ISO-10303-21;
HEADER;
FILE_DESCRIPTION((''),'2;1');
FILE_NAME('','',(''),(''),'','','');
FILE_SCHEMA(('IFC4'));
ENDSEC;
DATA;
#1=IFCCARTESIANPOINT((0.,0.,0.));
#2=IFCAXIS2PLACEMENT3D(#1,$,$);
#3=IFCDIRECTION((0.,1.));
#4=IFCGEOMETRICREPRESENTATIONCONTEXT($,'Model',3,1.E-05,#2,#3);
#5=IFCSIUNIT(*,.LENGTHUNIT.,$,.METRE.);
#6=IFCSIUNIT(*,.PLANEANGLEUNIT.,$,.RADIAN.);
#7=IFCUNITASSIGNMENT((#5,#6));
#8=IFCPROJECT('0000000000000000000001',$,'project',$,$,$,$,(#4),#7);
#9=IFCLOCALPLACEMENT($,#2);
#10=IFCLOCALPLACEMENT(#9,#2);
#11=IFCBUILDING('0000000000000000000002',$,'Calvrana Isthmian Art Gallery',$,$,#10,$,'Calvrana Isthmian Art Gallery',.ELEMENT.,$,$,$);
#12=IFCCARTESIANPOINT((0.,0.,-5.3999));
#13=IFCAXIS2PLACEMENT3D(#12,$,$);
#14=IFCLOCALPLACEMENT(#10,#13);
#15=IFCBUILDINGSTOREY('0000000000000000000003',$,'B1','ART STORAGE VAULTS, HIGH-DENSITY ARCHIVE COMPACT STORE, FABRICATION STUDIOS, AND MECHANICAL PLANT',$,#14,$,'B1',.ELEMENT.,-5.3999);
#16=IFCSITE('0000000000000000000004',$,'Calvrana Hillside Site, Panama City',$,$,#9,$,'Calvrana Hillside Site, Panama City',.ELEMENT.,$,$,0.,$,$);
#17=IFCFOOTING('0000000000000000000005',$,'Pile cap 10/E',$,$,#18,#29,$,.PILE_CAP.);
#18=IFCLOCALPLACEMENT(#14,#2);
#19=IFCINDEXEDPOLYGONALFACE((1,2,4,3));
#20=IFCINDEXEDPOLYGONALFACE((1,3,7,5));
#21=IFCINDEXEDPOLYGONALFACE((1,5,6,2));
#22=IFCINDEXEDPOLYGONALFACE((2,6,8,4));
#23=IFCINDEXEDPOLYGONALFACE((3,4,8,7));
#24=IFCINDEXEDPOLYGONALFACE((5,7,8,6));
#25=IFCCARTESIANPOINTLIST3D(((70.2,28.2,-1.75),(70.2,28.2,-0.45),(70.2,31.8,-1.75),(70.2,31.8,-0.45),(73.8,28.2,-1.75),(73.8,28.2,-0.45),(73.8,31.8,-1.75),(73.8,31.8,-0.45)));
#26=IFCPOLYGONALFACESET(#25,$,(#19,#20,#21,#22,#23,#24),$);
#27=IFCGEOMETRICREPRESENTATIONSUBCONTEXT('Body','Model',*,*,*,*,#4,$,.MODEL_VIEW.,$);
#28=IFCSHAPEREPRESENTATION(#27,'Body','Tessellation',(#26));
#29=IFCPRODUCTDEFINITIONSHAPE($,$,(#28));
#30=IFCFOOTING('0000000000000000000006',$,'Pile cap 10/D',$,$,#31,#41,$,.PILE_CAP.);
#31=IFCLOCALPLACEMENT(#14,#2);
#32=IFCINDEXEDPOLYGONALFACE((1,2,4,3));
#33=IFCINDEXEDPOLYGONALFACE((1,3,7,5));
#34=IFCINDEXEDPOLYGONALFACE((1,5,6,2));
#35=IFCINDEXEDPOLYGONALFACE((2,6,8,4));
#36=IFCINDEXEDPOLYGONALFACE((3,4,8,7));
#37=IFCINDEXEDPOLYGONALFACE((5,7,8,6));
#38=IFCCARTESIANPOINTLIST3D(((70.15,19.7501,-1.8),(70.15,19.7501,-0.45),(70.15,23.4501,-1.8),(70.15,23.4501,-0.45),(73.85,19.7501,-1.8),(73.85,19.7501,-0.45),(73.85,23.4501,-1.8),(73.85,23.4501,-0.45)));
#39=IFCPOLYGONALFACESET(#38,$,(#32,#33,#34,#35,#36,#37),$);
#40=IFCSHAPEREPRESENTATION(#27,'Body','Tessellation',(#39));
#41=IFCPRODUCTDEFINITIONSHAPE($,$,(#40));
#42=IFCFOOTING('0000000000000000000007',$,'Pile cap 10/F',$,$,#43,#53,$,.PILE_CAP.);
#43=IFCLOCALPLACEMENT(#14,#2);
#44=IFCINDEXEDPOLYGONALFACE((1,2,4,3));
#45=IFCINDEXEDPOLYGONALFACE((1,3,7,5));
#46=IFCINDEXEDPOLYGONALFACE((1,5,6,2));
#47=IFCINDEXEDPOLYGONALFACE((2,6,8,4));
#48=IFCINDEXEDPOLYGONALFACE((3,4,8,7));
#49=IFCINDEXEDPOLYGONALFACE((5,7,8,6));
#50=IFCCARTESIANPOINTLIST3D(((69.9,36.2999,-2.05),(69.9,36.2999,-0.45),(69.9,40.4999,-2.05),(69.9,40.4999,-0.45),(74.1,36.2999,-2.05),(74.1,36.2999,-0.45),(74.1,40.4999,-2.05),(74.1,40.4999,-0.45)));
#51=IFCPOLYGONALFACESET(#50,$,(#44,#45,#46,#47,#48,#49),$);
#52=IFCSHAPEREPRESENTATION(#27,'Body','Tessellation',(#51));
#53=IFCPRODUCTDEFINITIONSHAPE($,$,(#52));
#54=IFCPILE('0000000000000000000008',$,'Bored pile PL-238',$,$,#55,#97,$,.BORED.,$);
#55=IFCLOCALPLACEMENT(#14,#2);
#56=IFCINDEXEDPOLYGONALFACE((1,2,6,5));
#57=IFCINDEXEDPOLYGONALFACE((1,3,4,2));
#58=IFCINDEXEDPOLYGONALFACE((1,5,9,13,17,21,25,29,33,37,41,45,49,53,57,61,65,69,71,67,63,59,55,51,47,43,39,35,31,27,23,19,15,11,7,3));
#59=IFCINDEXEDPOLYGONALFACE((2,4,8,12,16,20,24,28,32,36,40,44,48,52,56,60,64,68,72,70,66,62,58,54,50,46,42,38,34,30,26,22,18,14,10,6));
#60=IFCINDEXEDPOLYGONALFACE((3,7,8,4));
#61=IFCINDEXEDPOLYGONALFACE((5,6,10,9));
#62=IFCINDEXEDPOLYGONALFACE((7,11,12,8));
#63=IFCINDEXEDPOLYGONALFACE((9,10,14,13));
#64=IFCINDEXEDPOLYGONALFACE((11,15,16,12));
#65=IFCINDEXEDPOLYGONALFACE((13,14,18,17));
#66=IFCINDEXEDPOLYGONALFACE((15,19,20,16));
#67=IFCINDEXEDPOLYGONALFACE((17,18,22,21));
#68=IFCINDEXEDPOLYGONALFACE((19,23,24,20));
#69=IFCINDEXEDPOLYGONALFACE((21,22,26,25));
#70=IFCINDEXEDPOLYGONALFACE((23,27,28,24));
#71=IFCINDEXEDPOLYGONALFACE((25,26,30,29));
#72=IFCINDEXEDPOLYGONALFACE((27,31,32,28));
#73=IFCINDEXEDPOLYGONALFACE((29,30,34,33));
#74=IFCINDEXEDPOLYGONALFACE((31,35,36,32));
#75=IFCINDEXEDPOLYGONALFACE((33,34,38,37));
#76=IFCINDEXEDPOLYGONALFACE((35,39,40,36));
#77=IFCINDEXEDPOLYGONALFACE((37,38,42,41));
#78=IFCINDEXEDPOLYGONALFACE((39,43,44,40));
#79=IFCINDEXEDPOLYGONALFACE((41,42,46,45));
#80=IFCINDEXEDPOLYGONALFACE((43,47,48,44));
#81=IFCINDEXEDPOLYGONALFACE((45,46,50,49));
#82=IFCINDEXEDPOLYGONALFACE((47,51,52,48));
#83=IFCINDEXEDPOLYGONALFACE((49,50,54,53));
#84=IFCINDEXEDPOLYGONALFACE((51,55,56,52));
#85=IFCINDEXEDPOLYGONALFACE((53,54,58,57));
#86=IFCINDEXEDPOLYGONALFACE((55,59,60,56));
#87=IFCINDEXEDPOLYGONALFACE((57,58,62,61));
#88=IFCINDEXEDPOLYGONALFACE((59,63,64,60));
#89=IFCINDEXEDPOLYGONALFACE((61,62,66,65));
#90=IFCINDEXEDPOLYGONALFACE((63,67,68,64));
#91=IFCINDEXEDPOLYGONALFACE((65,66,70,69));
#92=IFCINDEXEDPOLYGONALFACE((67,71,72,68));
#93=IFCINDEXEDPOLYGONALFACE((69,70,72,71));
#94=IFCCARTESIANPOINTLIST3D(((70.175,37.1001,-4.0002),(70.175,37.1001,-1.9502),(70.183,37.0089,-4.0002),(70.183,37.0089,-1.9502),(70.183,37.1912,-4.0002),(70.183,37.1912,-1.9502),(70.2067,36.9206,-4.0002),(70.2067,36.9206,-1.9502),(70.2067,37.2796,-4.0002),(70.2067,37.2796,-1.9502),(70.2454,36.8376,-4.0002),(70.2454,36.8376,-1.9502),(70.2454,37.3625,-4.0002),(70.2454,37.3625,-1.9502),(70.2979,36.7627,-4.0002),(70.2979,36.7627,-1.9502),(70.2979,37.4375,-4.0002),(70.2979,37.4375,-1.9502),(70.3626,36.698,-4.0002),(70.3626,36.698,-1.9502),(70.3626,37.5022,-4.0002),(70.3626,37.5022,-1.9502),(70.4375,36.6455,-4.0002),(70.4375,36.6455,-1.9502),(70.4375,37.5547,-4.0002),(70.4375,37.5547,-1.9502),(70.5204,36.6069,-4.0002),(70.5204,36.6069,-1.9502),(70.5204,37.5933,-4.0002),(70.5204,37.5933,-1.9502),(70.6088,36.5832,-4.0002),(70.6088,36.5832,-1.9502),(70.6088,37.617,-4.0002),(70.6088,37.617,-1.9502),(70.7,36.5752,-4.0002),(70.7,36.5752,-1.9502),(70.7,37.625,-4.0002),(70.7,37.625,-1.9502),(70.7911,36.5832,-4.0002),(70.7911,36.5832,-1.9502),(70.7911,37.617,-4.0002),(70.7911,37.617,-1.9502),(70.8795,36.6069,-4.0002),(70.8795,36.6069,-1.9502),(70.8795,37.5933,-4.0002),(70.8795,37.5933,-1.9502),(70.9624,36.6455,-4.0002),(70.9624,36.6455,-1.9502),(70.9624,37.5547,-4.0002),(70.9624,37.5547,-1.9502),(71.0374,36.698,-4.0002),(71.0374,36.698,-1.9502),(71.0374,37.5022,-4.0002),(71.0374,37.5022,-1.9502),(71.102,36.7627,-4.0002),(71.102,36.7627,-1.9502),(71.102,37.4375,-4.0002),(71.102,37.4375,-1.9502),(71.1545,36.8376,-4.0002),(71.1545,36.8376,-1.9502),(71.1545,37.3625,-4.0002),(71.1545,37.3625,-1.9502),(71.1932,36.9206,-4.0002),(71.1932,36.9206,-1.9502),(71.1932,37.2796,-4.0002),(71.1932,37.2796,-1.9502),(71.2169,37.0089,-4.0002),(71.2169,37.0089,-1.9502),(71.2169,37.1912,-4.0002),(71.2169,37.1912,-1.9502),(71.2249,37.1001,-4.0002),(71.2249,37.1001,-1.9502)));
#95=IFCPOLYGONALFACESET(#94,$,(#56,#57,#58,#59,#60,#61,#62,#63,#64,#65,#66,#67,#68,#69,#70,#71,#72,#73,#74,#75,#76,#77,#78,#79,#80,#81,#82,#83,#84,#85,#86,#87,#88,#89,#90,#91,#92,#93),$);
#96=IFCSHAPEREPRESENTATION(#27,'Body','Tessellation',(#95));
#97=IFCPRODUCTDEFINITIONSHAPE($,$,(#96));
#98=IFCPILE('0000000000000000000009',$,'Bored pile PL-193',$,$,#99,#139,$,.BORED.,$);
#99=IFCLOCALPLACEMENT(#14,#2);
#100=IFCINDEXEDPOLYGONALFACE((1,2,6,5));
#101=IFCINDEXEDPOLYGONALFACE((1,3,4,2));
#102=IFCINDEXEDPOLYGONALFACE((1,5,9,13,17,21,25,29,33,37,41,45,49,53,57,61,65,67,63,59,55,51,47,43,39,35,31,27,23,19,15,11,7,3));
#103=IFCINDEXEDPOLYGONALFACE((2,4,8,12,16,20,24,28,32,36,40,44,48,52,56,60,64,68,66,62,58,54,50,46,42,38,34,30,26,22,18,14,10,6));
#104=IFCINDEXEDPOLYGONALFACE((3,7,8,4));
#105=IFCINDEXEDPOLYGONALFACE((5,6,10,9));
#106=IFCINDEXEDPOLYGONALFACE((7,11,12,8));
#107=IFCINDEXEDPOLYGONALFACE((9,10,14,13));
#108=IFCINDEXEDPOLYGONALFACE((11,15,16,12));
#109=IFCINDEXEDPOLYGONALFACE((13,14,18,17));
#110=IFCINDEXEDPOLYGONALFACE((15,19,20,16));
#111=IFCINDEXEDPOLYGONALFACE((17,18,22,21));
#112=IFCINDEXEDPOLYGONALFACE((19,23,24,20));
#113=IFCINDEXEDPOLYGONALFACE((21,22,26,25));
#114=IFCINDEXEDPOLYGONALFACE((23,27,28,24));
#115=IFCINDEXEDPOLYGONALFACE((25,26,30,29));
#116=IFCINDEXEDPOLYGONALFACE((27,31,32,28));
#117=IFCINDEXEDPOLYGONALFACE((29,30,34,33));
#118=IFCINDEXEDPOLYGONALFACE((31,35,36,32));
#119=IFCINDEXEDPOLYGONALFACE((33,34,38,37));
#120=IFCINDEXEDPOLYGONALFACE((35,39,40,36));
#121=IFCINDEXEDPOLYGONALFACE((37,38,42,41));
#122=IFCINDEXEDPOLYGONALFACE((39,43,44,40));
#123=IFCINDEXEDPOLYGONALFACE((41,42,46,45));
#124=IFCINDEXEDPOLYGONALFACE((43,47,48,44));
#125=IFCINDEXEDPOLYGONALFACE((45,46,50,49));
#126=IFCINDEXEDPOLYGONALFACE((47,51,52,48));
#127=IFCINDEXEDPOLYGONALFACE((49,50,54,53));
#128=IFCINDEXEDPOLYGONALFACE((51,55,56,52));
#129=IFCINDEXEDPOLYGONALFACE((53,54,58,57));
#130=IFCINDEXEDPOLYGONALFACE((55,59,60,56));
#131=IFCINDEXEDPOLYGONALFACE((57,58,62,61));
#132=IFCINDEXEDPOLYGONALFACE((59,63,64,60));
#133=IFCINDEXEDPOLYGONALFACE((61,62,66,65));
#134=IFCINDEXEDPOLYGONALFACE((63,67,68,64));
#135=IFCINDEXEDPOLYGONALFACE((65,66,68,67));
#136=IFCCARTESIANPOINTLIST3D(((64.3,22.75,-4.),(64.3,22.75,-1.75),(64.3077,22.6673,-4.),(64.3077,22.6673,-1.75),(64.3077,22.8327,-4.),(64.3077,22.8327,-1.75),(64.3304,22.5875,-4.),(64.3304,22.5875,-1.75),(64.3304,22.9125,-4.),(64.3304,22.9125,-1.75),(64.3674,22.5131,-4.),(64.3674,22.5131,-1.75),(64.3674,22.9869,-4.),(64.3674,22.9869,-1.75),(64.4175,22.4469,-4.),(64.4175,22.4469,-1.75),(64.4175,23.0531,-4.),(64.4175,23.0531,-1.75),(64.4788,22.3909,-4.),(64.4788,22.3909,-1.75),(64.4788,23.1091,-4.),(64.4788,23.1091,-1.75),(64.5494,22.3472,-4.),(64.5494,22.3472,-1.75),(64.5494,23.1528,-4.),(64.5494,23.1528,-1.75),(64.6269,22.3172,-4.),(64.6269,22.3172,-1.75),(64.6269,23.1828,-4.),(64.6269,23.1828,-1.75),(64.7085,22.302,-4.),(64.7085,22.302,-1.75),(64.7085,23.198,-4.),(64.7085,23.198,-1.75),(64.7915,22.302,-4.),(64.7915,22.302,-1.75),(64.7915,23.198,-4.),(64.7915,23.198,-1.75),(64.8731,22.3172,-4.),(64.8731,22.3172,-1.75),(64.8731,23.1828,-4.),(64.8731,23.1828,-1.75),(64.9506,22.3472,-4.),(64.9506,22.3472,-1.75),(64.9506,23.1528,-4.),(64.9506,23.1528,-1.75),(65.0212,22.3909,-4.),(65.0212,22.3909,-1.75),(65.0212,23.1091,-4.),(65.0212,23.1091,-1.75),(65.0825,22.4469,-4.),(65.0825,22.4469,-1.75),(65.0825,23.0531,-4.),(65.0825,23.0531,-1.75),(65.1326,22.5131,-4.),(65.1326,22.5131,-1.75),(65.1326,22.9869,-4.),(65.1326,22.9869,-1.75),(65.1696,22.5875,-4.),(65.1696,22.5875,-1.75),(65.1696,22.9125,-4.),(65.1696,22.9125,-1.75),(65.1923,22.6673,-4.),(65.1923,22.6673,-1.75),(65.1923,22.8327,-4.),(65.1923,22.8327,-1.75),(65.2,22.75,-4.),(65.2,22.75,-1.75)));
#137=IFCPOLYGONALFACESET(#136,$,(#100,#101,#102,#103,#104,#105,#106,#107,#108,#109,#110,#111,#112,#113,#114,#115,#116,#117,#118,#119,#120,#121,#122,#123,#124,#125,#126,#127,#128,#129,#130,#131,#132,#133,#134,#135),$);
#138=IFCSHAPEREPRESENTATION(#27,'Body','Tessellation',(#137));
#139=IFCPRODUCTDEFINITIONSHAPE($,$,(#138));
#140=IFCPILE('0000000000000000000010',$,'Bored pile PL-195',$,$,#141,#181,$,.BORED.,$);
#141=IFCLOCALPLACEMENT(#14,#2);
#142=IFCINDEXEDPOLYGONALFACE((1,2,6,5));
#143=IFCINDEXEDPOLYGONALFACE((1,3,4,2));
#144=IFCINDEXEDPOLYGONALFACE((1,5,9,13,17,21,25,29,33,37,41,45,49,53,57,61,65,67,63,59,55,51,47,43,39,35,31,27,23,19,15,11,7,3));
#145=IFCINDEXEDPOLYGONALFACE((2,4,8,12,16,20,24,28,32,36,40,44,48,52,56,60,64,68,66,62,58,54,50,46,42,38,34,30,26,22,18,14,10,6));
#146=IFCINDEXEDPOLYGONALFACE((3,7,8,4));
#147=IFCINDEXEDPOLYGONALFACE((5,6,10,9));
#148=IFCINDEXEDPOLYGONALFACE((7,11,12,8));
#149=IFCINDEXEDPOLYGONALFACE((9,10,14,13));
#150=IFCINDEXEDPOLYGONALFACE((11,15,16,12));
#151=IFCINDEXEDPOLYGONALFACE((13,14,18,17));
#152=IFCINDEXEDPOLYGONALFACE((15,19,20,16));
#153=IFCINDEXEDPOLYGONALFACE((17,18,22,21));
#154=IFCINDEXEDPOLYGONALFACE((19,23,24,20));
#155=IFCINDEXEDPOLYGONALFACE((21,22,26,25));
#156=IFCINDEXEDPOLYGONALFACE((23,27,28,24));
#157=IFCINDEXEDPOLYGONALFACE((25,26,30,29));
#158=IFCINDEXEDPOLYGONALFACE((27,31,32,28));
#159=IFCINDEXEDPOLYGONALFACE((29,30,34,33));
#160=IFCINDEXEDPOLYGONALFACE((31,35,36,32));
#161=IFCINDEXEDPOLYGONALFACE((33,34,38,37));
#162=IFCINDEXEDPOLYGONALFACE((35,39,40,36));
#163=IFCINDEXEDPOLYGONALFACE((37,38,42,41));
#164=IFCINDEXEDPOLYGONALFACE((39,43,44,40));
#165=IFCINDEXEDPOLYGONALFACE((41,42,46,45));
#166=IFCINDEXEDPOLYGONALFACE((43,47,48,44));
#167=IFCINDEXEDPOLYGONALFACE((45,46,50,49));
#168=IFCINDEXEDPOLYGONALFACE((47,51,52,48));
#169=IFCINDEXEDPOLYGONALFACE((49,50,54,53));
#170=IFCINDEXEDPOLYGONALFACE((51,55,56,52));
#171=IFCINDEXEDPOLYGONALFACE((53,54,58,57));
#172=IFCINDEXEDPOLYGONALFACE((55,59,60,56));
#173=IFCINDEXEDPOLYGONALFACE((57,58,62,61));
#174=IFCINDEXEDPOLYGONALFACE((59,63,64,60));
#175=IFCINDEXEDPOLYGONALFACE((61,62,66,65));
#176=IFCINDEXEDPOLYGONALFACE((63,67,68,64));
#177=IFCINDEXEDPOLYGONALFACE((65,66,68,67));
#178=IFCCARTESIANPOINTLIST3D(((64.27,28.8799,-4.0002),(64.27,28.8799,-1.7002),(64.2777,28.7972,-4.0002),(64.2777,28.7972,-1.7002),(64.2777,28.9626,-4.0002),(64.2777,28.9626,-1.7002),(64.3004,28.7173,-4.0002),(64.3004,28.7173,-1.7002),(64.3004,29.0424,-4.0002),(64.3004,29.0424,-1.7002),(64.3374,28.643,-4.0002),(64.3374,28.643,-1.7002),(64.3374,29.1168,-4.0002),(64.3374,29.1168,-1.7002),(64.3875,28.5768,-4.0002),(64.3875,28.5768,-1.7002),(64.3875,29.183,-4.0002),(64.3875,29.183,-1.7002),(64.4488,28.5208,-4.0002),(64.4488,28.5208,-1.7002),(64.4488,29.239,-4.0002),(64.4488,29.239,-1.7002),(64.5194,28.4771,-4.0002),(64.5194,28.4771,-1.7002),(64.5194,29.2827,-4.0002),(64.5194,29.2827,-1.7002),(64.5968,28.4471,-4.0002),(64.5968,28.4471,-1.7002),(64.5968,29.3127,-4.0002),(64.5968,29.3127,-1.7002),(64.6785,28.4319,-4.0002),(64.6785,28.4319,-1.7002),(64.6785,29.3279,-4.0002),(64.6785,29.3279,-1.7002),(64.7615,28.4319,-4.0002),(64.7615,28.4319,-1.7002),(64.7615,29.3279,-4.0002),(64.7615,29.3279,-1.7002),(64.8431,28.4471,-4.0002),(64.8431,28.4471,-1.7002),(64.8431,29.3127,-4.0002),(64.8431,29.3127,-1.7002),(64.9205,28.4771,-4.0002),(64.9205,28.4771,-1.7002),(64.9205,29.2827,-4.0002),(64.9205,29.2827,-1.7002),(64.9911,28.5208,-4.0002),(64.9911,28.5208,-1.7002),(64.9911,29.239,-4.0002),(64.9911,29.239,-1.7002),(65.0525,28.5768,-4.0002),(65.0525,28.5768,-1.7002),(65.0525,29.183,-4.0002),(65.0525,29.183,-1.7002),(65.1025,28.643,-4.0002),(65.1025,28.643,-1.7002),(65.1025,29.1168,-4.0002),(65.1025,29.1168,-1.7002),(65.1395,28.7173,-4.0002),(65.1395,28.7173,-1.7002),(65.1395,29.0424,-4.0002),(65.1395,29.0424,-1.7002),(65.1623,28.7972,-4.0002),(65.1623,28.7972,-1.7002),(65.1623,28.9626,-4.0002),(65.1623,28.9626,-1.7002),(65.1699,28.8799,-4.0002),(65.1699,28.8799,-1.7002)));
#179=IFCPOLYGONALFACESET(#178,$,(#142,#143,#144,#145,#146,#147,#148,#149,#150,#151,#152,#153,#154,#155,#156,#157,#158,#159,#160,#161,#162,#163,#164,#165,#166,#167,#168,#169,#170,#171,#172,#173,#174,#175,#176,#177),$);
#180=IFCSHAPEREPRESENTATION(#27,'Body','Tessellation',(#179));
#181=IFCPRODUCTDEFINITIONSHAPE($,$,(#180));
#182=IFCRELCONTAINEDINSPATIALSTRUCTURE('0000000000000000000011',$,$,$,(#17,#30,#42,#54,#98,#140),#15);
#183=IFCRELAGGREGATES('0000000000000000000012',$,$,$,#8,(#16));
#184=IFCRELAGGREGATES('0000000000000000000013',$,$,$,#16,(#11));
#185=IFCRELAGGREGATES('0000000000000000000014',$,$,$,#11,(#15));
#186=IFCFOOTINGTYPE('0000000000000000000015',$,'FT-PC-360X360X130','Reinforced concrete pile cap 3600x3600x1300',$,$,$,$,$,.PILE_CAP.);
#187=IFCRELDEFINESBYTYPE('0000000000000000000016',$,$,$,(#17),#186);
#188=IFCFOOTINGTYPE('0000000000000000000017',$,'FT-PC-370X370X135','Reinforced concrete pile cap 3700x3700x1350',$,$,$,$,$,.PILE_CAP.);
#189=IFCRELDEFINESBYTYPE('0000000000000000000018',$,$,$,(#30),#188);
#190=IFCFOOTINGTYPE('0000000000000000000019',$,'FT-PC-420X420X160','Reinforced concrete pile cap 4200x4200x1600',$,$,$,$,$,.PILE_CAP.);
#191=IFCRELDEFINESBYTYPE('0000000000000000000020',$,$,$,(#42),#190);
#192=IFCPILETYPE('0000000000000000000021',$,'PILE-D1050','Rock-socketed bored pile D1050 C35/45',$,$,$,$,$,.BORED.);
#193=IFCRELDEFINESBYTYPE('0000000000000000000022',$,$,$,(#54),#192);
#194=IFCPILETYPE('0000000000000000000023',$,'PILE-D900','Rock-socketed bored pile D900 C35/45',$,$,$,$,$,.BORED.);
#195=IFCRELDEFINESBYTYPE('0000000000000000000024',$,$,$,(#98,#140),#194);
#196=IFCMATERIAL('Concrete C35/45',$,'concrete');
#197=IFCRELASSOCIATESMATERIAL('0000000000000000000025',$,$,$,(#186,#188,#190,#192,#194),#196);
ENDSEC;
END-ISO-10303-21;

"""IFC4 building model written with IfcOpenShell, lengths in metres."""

from ifc_helpers import new_model, si_unit, direction, frame, origin, origin_2d, place, context, subcontext, project, spatial, rectangle, circle, extrude, material, material_profile, profile_set, type_object, element, save


model = new_model("IFC4")

# Units and contexts
model_context = context("Model", 3, precision=1e-05, world=origin(), true_north=direction((0.0, 1.0)))
body_context = subcontext(model_context, "Body", "Model", "MODEL_VIEW")
ifc_project = project(units=[si_unit("LENGTHUNIT", "METRE"), si_unit("PLANEANGLEUNIT", "RADIAN")], contexts=[model_context])

# Site, building, storey
site_placement = place(None, origin())
site = spatial("IfcSite", under=ifc_project, at=site_placement, Name="Calvrana Hillside Site, Panama City", LongName="Calvrana Hillside Site, Panama City", CompositionType="ELEMENT", RefElevation=0.0)
building_placement = place(site_placement, origin())
building = spatial("IfcBuilding", under=site, at=building_placement, Name="Calvrana Isthmian Art Gallery", LongName="Calvrana Isthmian Art Gallery", CompositionType="ELEMENT")
storey_placement = place(building_placement, frame((0.0, 0.0, -5.3999)))
storey = spatial("IfcBuildingStorey", under=building, at=storey_placement, Name="B1", Description="ART STORAGE VAULTS, HIGH-DENSITY ARCHIVE COMPACT STORE, FABRICATION STUDIOS, AND MECHANICAL PLANT", LongName="B1", CompositionType="ELEMENT", Elevation=-5.3999)

# Footings
ifc_material_1 = material(Name="Concrete C35/45", Category="concrete")
footing_type_1 = type_object("IfcFootingType", Name="FT-PC-360X360X130", Description="Reinforced concrete pile cap 3600x3600x1300", PredefinedType="PILE_CAP", material=ifc_material_1)
footing_1_placement = place(storey_placement, frame((72.0, 30.0, -1.75), z_axis=(0.0, 0.0, 1.0), x_axis=(1.0, 0.0, 0.0)))
element("IfcFooting", 1, at=footing_1_placement, inside=storey, type_object=footing_type_1, Name="Pile cap 10/E", PredefinedType="PILE_CAP", context=body_context, shape_type="SweptSolid", body=[
    extrude(rectangle(XDim=3.6001, YDim=3.6001, at=origin_2d()), origin(), (0.0, 0.0, 1.0), 1.3),
])
footing_type_2 = type_object("IfcFootingType", Name="FT-PC-370X370X135", Description="Reinforced concrete pile cap 3700x3700x1350", PredefinedType="PILE_CAP", material=ifc_material_1)
footing_2_placement = place(storey_placement, frame((72.0, 21.6001, -1.8), z_axis=(0.0, 0.0, 1.0), x_axis=(1.0, 0.0, 0.0)))
element("IfcFooting", 2, at=footing_2_placement, inside=storey, type_object=footing_type_2, Name="Pile cap 10/D", PredefinedType="PILE_CAP", context=body_context, shape_type="SweptSolid", body=[
    extrude(rectangle(XDim=3.7, YDim=3.7, at=origin_2d()), origin(), (0.0, 0.0, 1.0), 1.3501),
])
footing_type_3 = type_object("IfcFootingType", Name="FT-PC-420X420X160", Description="Reinforced concrete pile cap 4200x4200x1600", PredefinedType="PILE_CAP", material=ifc_material_1)
footing_3_placement = place(storey_placement, frame((72.0, 38.3999, -2.05), z_axis=(0.0, 0.0, 1.0), x_axis=(1.0, 0.0, 0.0)))
element("IfcFooting", 3, at=footing_3_placement, inside=storey, type_object=footing_type_3, Name="Pile cap 10/F", PredefinedType="PILE_CAP", context=body_context, shape_type="SweptSolid", body=[
    extrude(rectangle(XDim=4.2, YDim=4.2, at=origin_2d()), origin(), (0.0, 0.0, 1.0), 1.6001),
])

# Piles
ifc_material_profile_1 = material_profile(ifc_material_1, circle(Radius=0.5249, at=origin_2d()), Name="PILE1050D")
ifc_profile_set_1 = profile_set([ifc_material_profile_1], Name="Concrete C35/45")
pile_type_1 = type_object("IfcPileType", Name="PILE-D1050", Description="Rock-socketed bored pile D1050 C35/45", PredefinedType="BORED", material=ifc_profile_set_1)
pile_1_placement = place(storey_placement, frame((70.7, 37.1001, -1.9502), z_axis=(0.0, 0.0, -1.0), x_axis=(1.0, 0.0, 0.0)))
element("IfcPile", 4, at=pile_1_placement, inside=storey, type_object=pile_type_1, Name="Bored pile PL-238", PredefinedType="BORED", context=body_context, shape_type="SweptSolid", body=[
    extrude(circle(Radius=0.5249, at=origin_2d()), origin(), (0.0, 0.0, 1.0), 2.05),
])
ifc_material_profile_2 = material_profile(ifc_material_1, circle(Radius=0.45, at=origin_2d()), Name="PILE900D")
ifc_profile_set_2 = profile_set([ifc_material_profile_2], Name="Concrete C35/45")
pile_type_2 = type_object("IfcPileType", Name="PILE-D900", Description="Rock-socketed bored pile D900 C35/45", PredefinedType="BORED", material=ifc_profile_set_2)
pile_2_placement = place(storey_placement, frame((64.75, 22.75, -1.75), z_axis=(0.0, 0.0, -1.0), x_axis=(1.0, 0.0, 0.0)))
element("IfcPile", 5, at=pile_2_placement, inside=storey, type_object=pile_type_2, Name="Bored pile PL-193", PredefinedType="BORED", context=body_context, shape_type="SweptSolid", body=[
    extrude(circle(Radius=0.45, at=origin_2d()), origin(), (0.0, 0.0, 1.0), 2.25),
])
for number, where, z_axis, x_axis, name in (
    (6, (64.72, 28.8799, -1.7002), (0.0, 0.0, -1.0), (1.0, 0.0, 0.0), "Bored pile PL-195"),
):
    element("IfcPile", number, at=place(storey_placement, frame(where, z_axis=z_axis, x_axis=x_axis)), inside=storey, type_object=pile_type_2, Name=name, PredefinedType="BORED", context=body_context, shape_type="SweptSolid", body=[
        extrude(circle(Radius=0.45, at=origin_2d()), origin(), (0.0, 0.0, 1.0), 2.3),
    ])

save(model, "model.ifc")
